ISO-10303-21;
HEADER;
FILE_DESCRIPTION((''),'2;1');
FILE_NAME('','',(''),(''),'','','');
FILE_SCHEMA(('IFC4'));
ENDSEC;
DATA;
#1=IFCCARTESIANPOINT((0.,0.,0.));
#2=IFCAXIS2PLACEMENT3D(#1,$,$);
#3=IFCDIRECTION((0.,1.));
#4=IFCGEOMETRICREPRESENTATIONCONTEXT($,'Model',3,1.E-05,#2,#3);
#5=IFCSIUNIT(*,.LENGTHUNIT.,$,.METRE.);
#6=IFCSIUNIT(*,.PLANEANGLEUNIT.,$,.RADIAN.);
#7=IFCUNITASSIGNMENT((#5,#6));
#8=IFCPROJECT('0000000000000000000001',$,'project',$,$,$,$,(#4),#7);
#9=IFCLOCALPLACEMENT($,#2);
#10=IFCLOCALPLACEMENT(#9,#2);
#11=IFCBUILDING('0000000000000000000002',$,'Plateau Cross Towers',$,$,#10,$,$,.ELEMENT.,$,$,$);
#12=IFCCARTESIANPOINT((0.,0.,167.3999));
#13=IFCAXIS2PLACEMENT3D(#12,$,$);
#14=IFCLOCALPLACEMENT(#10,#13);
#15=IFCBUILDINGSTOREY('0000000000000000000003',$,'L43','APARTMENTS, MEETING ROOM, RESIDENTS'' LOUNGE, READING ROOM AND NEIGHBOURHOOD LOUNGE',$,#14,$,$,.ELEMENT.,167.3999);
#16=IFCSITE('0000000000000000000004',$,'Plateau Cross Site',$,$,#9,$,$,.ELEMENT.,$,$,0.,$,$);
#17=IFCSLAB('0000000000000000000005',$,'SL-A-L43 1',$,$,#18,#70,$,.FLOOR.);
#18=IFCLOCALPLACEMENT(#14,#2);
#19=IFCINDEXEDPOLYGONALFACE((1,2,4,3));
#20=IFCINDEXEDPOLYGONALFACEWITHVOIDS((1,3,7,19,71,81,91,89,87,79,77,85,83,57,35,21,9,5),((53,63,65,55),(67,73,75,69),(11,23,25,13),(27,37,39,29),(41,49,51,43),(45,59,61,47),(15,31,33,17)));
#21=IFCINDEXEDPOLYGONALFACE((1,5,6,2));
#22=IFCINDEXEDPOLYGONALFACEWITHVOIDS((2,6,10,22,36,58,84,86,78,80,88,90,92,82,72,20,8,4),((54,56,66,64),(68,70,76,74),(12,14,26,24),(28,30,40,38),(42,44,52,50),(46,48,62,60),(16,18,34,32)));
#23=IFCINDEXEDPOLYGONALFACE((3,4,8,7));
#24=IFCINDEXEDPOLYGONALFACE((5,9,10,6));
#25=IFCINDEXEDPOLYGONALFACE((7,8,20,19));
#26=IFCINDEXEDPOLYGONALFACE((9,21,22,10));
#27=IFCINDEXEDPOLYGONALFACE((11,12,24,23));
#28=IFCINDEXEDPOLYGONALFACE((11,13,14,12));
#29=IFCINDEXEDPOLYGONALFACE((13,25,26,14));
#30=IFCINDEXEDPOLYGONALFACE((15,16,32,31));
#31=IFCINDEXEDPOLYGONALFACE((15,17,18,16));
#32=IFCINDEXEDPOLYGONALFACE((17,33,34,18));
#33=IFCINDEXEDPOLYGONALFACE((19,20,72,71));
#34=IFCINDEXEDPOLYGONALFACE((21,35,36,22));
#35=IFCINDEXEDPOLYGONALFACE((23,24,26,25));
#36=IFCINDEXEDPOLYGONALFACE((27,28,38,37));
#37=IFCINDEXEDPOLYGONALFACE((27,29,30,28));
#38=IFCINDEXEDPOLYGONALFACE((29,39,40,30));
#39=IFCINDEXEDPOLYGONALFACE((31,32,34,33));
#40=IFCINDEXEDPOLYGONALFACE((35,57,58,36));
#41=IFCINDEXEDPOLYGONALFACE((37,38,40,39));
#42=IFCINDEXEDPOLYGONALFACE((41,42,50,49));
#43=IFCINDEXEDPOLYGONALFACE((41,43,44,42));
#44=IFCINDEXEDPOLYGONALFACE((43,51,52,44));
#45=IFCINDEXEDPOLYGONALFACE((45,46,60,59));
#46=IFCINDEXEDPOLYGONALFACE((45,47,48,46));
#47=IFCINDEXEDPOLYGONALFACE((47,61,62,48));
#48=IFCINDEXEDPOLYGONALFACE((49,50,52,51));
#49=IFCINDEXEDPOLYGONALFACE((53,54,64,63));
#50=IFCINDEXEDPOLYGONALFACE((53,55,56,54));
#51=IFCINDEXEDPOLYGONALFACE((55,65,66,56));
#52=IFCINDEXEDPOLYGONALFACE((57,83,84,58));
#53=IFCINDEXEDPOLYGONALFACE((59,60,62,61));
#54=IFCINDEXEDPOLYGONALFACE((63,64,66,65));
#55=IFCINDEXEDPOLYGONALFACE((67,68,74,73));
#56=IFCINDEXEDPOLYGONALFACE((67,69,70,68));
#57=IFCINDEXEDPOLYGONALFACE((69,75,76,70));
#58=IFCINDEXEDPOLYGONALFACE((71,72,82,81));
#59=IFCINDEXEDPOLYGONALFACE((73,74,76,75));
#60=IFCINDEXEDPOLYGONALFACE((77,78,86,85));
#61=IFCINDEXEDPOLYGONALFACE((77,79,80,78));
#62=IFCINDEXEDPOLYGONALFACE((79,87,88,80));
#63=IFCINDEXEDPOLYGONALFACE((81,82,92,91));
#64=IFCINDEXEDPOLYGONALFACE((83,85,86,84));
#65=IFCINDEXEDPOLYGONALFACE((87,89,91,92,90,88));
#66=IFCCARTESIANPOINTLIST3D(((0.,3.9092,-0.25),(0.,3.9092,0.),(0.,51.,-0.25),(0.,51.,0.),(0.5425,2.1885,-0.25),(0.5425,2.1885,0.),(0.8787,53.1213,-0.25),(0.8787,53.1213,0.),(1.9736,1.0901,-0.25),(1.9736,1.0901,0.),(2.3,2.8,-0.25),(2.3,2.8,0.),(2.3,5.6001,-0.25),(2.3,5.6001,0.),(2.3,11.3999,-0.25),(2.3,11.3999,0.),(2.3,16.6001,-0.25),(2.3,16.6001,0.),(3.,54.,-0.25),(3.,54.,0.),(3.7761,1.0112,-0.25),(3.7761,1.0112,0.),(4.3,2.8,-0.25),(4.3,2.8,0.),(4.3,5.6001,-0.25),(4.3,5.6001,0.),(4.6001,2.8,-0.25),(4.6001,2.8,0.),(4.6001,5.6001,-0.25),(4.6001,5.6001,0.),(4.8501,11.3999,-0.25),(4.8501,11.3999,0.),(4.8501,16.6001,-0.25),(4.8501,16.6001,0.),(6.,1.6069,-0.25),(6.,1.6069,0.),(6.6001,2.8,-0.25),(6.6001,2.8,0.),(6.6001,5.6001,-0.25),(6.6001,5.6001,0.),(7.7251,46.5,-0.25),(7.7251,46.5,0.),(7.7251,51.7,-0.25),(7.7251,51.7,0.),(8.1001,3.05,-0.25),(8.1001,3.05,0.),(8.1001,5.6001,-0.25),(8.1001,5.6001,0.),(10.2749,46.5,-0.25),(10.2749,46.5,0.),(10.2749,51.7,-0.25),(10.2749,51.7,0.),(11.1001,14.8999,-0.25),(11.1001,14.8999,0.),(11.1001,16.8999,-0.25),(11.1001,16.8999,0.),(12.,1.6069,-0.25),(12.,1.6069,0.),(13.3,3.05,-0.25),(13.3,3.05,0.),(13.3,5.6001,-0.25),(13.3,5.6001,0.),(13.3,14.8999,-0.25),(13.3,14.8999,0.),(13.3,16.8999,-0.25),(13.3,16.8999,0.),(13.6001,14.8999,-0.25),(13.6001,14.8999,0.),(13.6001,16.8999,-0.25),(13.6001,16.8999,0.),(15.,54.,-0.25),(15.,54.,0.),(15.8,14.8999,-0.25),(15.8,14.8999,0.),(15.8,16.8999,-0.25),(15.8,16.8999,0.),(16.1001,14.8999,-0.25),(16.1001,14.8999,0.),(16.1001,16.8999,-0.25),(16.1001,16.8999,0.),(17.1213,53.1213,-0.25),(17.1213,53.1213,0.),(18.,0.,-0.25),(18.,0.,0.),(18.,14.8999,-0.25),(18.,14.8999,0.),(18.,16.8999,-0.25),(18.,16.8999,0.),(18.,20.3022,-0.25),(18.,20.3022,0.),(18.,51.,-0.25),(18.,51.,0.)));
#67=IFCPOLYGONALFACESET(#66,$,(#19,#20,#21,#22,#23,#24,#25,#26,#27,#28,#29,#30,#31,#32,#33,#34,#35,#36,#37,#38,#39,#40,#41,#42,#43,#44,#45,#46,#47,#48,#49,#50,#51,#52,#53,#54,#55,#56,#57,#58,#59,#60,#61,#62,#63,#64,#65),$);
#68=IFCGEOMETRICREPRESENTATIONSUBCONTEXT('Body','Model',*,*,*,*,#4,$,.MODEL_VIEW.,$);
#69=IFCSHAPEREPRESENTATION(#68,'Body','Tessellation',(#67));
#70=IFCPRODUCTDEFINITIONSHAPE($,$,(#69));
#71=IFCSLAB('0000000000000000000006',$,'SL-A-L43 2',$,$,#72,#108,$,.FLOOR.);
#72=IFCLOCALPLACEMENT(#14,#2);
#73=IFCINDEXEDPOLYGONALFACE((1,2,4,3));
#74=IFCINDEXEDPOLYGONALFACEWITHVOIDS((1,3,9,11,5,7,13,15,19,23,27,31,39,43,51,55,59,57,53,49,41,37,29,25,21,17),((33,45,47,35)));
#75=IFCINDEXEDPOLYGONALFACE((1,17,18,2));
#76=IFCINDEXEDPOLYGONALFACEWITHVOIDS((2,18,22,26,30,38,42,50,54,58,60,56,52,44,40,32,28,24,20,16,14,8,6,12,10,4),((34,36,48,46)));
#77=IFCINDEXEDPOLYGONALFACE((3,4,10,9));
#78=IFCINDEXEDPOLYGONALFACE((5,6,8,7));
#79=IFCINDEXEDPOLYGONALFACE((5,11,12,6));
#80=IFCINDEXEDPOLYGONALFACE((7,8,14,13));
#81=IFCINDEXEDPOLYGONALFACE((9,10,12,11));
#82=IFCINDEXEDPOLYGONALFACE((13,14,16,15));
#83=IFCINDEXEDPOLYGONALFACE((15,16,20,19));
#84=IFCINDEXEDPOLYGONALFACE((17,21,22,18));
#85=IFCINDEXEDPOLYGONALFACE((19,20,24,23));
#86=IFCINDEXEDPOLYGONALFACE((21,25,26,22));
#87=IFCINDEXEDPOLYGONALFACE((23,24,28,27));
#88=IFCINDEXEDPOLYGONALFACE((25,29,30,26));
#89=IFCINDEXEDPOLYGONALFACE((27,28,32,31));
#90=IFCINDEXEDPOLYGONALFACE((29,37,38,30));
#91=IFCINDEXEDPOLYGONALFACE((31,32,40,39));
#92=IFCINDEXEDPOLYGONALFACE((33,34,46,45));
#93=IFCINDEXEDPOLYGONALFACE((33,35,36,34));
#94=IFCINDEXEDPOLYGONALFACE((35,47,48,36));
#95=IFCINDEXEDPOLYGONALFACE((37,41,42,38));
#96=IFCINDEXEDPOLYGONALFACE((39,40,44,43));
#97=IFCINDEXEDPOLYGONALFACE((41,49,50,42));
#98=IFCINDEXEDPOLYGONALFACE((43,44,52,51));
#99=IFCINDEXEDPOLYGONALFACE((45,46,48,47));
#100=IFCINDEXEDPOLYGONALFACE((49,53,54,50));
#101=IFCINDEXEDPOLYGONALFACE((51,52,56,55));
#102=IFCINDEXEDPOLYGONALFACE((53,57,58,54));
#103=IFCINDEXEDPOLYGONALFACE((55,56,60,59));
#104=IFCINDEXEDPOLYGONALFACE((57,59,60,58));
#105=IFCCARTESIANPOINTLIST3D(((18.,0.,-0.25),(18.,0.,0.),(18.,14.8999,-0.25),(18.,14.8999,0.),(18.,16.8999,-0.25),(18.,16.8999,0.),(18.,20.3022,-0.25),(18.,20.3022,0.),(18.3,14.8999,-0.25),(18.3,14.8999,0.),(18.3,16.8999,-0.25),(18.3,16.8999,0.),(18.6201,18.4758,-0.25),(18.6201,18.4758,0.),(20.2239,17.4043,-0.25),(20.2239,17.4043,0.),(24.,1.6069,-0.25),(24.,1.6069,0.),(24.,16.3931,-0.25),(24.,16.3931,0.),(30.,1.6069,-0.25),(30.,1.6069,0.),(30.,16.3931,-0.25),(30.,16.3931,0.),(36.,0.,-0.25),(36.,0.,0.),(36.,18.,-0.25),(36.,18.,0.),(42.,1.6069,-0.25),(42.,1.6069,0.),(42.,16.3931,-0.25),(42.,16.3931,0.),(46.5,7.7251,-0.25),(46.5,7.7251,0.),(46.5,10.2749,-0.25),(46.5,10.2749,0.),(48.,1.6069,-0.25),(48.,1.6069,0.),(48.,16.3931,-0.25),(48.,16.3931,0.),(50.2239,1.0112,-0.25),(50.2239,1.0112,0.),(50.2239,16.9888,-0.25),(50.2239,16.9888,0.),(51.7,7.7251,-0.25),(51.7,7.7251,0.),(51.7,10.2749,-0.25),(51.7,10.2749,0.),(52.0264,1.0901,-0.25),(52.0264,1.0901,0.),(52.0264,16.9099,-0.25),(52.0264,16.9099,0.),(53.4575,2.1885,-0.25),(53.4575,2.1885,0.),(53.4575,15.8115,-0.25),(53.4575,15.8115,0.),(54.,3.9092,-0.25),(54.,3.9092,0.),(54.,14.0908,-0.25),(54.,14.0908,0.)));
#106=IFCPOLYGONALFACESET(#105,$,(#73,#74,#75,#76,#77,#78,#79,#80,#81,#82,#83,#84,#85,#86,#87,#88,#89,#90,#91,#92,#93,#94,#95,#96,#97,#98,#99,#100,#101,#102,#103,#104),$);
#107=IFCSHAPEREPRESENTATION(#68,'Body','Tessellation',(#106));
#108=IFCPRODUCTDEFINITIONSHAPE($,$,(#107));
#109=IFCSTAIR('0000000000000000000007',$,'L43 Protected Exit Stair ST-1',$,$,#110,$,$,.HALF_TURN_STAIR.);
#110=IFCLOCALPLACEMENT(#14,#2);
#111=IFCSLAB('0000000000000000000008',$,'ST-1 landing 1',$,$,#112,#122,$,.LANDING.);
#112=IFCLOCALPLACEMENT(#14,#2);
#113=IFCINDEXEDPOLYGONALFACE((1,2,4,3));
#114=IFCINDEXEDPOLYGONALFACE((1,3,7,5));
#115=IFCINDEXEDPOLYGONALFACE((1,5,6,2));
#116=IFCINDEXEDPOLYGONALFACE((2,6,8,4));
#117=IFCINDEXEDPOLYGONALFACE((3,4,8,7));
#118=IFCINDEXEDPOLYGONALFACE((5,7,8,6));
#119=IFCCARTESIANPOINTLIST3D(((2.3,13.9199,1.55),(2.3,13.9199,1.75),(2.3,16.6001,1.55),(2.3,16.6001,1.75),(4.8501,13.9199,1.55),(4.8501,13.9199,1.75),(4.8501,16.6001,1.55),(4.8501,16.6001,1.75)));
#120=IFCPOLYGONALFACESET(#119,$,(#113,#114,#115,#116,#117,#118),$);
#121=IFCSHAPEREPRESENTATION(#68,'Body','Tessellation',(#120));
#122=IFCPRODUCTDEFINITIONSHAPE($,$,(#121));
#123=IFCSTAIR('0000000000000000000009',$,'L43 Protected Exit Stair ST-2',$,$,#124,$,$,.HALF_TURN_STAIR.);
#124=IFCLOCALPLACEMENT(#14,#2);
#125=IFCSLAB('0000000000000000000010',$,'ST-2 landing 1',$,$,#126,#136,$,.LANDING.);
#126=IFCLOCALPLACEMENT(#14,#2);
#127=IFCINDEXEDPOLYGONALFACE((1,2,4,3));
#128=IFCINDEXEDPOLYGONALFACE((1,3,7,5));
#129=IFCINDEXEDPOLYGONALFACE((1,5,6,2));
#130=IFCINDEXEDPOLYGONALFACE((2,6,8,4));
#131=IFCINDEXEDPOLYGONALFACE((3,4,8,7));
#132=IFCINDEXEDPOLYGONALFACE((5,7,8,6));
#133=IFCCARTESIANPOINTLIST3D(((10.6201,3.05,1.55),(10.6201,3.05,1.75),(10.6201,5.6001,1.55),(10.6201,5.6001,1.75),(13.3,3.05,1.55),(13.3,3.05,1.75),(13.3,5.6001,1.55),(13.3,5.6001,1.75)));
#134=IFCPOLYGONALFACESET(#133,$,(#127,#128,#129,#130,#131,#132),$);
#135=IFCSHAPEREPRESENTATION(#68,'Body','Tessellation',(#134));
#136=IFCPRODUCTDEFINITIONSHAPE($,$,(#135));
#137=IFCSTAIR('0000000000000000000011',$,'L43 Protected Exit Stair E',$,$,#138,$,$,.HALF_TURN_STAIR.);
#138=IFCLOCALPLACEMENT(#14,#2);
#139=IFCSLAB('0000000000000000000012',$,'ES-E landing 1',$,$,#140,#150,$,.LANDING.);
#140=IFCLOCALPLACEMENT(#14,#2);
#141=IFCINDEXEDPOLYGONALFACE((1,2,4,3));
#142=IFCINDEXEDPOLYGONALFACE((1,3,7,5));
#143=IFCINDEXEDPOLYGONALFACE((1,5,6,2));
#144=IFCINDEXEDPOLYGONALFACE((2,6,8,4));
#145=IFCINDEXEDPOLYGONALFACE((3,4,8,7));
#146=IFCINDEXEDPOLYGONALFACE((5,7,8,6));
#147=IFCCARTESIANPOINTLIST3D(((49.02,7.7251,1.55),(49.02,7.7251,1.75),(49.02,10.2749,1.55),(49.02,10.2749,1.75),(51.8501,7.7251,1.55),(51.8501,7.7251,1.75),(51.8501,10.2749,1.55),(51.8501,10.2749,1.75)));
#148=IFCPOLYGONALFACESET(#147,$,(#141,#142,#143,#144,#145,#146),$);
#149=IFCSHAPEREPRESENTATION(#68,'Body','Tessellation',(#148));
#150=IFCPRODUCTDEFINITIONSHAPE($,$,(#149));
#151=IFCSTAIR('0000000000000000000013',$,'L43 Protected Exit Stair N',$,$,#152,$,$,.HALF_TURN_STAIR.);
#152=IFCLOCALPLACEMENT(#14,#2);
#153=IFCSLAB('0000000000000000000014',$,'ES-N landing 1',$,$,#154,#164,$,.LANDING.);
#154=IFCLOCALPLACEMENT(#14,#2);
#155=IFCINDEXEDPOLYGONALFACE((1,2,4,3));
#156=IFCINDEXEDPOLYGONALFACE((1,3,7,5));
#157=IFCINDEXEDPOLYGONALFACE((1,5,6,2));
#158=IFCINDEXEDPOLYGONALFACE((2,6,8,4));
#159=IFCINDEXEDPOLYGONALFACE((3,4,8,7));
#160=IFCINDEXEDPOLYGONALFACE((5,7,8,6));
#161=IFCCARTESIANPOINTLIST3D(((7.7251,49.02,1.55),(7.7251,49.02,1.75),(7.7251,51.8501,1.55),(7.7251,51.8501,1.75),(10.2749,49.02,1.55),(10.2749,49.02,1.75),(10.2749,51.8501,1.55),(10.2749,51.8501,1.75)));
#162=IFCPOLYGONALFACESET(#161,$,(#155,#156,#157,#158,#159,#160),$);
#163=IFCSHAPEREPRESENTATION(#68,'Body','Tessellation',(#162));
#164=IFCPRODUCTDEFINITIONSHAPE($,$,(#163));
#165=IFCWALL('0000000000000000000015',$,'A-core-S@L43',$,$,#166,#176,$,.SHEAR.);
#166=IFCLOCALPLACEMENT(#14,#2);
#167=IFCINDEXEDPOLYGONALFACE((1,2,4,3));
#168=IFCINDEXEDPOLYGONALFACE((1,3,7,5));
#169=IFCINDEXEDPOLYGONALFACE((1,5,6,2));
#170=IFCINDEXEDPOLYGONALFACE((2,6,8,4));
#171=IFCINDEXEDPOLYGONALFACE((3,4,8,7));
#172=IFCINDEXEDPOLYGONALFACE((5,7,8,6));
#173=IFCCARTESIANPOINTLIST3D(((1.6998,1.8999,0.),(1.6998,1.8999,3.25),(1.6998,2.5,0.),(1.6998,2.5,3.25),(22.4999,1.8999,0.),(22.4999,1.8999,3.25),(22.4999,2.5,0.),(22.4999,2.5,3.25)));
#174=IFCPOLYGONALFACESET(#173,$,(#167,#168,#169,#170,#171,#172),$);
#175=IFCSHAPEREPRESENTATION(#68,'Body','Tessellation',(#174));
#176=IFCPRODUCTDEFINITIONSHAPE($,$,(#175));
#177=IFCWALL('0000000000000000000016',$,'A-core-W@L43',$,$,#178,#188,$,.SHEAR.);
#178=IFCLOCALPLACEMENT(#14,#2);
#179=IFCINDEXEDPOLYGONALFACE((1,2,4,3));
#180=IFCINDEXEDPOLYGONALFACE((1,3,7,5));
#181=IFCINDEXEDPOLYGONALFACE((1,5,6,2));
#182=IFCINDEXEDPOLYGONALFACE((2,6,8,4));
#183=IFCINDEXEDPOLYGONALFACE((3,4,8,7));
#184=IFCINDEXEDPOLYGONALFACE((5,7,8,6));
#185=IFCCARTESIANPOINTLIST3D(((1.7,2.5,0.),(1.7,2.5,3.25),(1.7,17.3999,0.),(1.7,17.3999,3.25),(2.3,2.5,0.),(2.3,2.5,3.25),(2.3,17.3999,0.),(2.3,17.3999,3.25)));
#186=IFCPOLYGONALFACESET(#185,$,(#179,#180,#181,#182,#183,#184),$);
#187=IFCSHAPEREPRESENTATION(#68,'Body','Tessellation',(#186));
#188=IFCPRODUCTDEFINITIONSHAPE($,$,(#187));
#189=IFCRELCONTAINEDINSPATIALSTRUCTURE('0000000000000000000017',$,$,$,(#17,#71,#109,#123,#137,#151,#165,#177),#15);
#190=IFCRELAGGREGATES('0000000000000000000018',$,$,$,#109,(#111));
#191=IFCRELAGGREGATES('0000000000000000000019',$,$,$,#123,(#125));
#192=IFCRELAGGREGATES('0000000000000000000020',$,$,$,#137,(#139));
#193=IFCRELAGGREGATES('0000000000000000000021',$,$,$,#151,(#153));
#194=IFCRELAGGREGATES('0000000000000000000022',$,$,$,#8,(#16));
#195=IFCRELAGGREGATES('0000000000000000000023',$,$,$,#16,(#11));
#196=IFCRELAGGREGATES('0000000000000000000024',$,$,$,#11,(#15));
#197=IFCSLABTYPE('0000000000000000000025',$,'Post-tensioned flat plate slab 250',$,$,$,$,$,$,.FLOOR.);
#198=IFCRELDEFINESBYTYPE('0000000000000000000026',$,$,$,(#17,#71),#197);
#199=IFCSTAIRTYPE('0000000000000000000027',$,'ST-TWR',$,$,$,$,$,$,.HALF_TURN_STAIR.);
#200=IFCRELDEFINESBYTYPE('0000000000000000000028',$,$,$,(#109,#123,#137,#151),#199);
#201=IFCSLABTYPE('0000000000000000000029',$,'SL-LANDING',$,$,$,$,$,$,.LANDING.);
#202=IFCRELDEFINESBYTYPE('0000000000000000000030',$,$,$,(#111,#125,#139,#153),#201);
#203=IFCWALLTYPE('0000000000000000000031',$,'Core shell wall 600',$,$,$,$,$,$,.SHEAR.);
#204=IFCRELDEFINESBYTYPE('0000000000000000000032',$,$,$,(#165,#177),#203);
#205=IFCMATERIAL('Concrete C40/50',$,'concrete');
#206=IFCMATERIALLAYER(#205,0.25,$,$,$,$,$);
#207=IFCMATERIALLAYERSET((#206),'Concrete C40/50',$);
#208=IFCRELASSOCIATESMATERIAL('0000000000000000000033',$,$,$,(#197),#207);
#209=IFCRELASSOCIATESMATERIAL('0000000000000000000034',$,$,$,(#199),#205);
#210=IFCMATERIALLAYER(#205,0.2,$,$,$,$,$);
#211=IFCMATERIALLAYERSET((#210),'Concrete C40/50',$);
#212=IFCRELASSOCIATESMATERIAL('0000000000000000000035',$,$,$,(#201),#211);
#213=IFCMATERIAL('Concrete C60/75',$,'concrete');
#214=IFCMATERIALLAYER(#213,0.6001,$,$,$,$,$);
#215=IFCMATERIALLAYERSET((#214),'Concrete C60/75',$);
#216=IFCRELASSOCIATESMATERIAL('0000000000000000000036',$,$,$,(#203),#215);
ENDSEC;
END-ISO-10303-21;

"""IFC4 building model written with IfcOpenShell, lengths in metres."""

from ifc_helpers import new_model, si_unit, direction, frame, frame_2d, origin, place, context, subcontext, project, spatial, polyline, rectangle, outline, extrude, material, layer, layer_set, type_object, element, aggregate, save


model = new_model("IFC4")

# Units and contexts
model_context = context("Model", 3, precision=1e-05, world=origin(), true_north=direction((0.0, 1.0)))
body_context = subcontext(model_context, "Body", "Model", "MODEL_VIEW")
ifc_project = project(units=[si_unit("LENGTHUNIT", "METRE"), si_unit("PLANEANGLEUNIT", "RADIAN")], contexts=[model_context])

# Site, building, storey
site_placement = place(None, origin())
site = spatial("IfcSite", under=ifc_project, at=site_placement, Name="Plateau Cross Site", CompositionType="ELEMENT", RefElevation=0.0)
building_placement = place(site_placement, origin())
building = spatial("IfcBuilding", under=site, at=building_placement, Name="Plateau Cross Towers", CompositionType="ELEMENT")
storey_placement = place(building_placement, frame((0.0, 0.0, 167.3999)))
storey = spatial("IfcBuildingStorey", under=building, at=storey_placement, Name="L43", Description="APARTMENTS, MEETING ROOM, RESIDENTS' LOUNGE, READING ROOM AND NEIGHBOURHOOD LOUNGE", CompositionType="ELEMENT", Elevation=167.3999)

# Shared definitions
ifc_material_1 = material(Name="Concrete C60/75", Category="concrete")

# Shared definitions
ifc_material_2 = material(Name="Concrete C40/50", Category="concrete")

# Slabs
ifc_layer_1 = layer(ifc_material_2, 0.25)
ifc_layer_set_1 = layer_set([ifc_layer_1], Name="Concrete C40/50")
slab_type_1 = type_object("IfcSlabType", Name="Post-tensioned flat plate slab 250", PredefinedType="FLOOR", material=ifc_layer_set_1)
slab_1_placement = place(storey_placement, frame((0.0, 0.0, -0.25)))
element("IfcSlab", 1, at=slab_1_placement, inside=storey, type_object=slab_type_1, Name="SL-A-L43 1", PredefinedType="FLOOR", context=body_context, shape_type="SweptSolid", body=[
    extrude(outline(polyline([(0.5425, 2.1885), (0.0, 3.9092), (0.0, 51.0), (0.8787, 53.1213), (3.0, 54.0), (15.0, 54.0), (17.1213, 53.1213), (18.0, 51.0), (18.0, 20.3022), (18.0, 16.8999), (16.1001, 16.8999), (16.1001, 14.8999), (18.0, 14.8999), (18.0, 0.0), (12.0, 1.6069), (6.0, 1.6069), (3.7761, 1.0112), (1.9736, 1.0901), (0.5425, 2.1885)]), holes=[polyline([(2.3, 5.6001), (2.3, 2.8), (4.3, 2.8), (4.3, 5.6001), (2.3, 5.6001)]), polyline([(4.6001, 5.6001), (4.6001, 2.8), (6.6001, 2.8), (6.6001, 5.6001), (4.6001, 5.6001)]), polyline([(8.1001, 5.6001), (8.1001, 3.05), (13.3, 3.05), (13.3, 5.6001), (8.1001, 5.6001)]), polyline([(2.3, 11.3999), (4.8501, 11.3999), (4.8501, 16.6001), (2.3, 16.6001), (2.3, 11.3999)]), polyline([(11.1001, 16.8999), (11.1001, 14.8999), (13.3, 14.8999), (13.3, 16.8999), (11.1001, 16.8999)]), polyline([(13.6001, 16.8999), (13.6001, 14.8999), (15.8, 14.8999), (15.8, 16.8999), (13.6001, 16.8999)]), polyline([(7.7251, 51.7), (7.7251, 46.5), (10.2749, 46.5), (10.2749, 51.7), (7.7251, 51.7)])]), origin(), (0.0, 0.0, 1.0), 0.25),
])
slab_2_placement = place(storey_placement, frame((0.0, 0.0, -0.25)))
element("IfcSlab", 2, at=slab_2_placement, inside=storey, type_object=slab_type_1, Name="SL-A-L43 2", PredefinedType="FLOOR", context=body_context, shape_type="SweptSolid", body=[
    extrude(outline(polyline([(18.6201, 18.4758), (20.2239, 17.4043), (24.0, 16.3931), (30.0, 16.3931), (36.0, 18.0), (42.0, 16.3931), (48.0, 16.3931), (50.2239, 16.9888), (52.0264, 16.9099), (53.4575, 15.8115), (54.0, 14.0908), (54.0, 3.9092), (53.4575, 2.1885), (52.0264, 1.0901), (50.2239, 1.0112), (48.0, 1.6069), (42.0, 1.6069), (36.0, 0.0), (30.0, 1.6069), (24.0, 1.6069), (18.0, 0.0), (18.0, 14.8999), (18.3, 14.8999), (18.3, 16.8999), (18.0, 16.8999), (18.0, 20.3022), (18.6201, 18.4758)]), holes=[polyline([(46.5, 10.2749), (46.5, 7.7251), (51.7, 7.7251), (51.7, 10.2749), (46.5, 10.2749)])]), origin(), (0.0, 0.0, 1.0), 0.25),
])

# Stairs, slabs
stair_type = type_object("IfcStairType", Name="ST-TWR", PredefinedType="HALF_TURN_STAIR", material=ifc_material_2)
stair_1_placement = place(storey_placement, origin())
stair_1 = element("IfcStair", 3, at=stair_1_placement, inside=storey, type_object=stair_type, Name="L43 Protected Exit Stair ST-1", PredefinedType="HALF_TURN_STAIR")
ifc_layer_2 = layer(ifc_material_2, 0.2)
ifc_layer_set_2 = layer_set([ifc_layer_2], Name="Concrete C40/50")
slab_type_2 = type_object("IfcSlabType", Name="SL-LANDING", PredefinedType="LANDING", material=ifc_layer_set_2)
slab_3_placement = place(storey_placement, frame((0.0, 0.0, 1.55)))
slab_3 = element("IfcSlab", 4, at=slab_3_placement, type_object=slab_type_2, Name="ST-1 landing 1", PredefinedType="LANDING", context=body_context, shape_type="SweptSolid", body=[
    extrude(outline(polyline([(4.8501, 13.9199), (4.8501, 16.6001), (2.3, 16.6001), (2.3, 13.9199), (4.8501, 13.9199)])), origin(), (0.0, 0.0, 1.0), 0.2),
])
aggregate(stair_1, [slab_3])
stair_2_placement = place(storey_placement, origin())
stair_2 = element("IfcStair", 5, at=stair_2_placement, inside=storey, type_object=stair_type, Name="L43 Protected Exit Stair ST-2", PredefinedType="HALF_TURN_STAIR")
slab_4_placement = place(storey_placement, frame((0.0, 0.0, 1.55)))
slab_4 = element("IfcSlab", 6, at=slab_4_placement, type_object=slab_type_2, Name="ST-2 landing 1", PredefinedType="LANDING", context=body_context, shape_type="SweptSolid", body=[
    extrude(outline(polyline([(10.6201, 3.05), (13.3, 3.05), (13.3, 5.6001), (10.6201, 5.6001), (10.6201, 3.05)])), origin(), (0.0, 0.0, 1.0), 0.2),
])
aggregate(stair_2, [slab_4])
stair_3_placement = place(storey_placement, origin())
stair_3 = element("IfcStair", 7, at=stair_3_placement, inside=storey, type_object=stair_type, Name="L43 Protected Exit Stair E", PredefinedType="HALF_TURN_STAIR")
slab_5_placement = place(storey_placement, frame((0.0, 0.0, 1.55)))
slab_5 = element("IfcSlab", 8, at=slab_5_placement, type_object=slab_type_2, Name="ES-E landing 1", PredefinedType="LANDING", context=body_context, shape_type="SweptSolid", body=[
    extrude(outline(polyline([(49.02, 7.7251), (51.8501, 7.7251), (51.8501, 10.2749), (49.02, 10.2749), (49.02, 7.7251)])), origin(), (0.0, 0.0, 1.0), 0.2),
])
aggregate(stair_3, [slab_5])
stair_4_placement = place(storey_placement, origin())
stair_4 = element("IfcStair", 9, at=stair_4_placement, inside=storey, type_object=stair_type, Name="L43 Protected Exit Stair N", PredefinedType="HALF_TURN_STAIR")
slab_6_placement = place(storey_placement, frame((0.0, 0.0, 1.55)))
slab_6 = element("IfcSlab", 10, at=slab_6_placement, type_object=slab_type_2, Name="ES-N landing 1", PredefinedType="LANDING", context=body_context, shape_type="SweptSolid", body=[
    extrude(outline(polyline([(10.2749, 49.02), (10.2749, 51.8501), (7.7251, 51.8501), (7.7251, 49.02), (10.2749, 49.02)])), origin(), (0.0, 0.0, 1.0), 0.2),
])
aggregate(stair_4, [slab_6])

# Walls
ifc_layer_3 = layer(ifc_material_1, 0.6001)
ifc_layer_set_3 = layer_set([ifc_layer_3], Name="Concrete C60/75")
wall_type = type_object("IfcWallType", Name="Core shell wall 600", PredefinedType="SHEAR", material=ifc_layer_set_3)
wall_1_placement = place(storey_placement, frame((1.7, 2.2, 0.0), z_axis=(0.0, 0.0, 1.0), x_axis=(1.0, 0.0, 0.0)))
element("IfcWall", 11, at=wall_1_placement, inside=storey, type_object=wall_type, Name="A-core-S@L43", PredefinedType="SHEAR", context=body_context, shape_type="SweptSolid", body=[
    extrude(rectangle(XDim=20.8, YDim=0.6001, at=frame_2d((10.3999, 0.0))), origin(), (0.0, 0.0, 1.0), 3.25),
])
wall_2_placement = place(storey_placement, frame((2.0, 2.5, 0.0), z_axis=(0.0, 0.0, 1.0), x_axis=(0.0, 1.0, 0.0)))
element("IfcWall", 12, at=wall_2_placement, inside=storey, type_object=wall_type, Name="A-core-W@L43", PredefinedType="SHEAR", context=body_context, shape_type="SweptSolid", body=[
    extrude(rectangle(XDim=14.8999, YDim=0.6001, at=frame_2d((7.45, 0.0))), origin(), (0.0, 0.0, 1.0), 3.25),
])

save(model, "model.ifc")
